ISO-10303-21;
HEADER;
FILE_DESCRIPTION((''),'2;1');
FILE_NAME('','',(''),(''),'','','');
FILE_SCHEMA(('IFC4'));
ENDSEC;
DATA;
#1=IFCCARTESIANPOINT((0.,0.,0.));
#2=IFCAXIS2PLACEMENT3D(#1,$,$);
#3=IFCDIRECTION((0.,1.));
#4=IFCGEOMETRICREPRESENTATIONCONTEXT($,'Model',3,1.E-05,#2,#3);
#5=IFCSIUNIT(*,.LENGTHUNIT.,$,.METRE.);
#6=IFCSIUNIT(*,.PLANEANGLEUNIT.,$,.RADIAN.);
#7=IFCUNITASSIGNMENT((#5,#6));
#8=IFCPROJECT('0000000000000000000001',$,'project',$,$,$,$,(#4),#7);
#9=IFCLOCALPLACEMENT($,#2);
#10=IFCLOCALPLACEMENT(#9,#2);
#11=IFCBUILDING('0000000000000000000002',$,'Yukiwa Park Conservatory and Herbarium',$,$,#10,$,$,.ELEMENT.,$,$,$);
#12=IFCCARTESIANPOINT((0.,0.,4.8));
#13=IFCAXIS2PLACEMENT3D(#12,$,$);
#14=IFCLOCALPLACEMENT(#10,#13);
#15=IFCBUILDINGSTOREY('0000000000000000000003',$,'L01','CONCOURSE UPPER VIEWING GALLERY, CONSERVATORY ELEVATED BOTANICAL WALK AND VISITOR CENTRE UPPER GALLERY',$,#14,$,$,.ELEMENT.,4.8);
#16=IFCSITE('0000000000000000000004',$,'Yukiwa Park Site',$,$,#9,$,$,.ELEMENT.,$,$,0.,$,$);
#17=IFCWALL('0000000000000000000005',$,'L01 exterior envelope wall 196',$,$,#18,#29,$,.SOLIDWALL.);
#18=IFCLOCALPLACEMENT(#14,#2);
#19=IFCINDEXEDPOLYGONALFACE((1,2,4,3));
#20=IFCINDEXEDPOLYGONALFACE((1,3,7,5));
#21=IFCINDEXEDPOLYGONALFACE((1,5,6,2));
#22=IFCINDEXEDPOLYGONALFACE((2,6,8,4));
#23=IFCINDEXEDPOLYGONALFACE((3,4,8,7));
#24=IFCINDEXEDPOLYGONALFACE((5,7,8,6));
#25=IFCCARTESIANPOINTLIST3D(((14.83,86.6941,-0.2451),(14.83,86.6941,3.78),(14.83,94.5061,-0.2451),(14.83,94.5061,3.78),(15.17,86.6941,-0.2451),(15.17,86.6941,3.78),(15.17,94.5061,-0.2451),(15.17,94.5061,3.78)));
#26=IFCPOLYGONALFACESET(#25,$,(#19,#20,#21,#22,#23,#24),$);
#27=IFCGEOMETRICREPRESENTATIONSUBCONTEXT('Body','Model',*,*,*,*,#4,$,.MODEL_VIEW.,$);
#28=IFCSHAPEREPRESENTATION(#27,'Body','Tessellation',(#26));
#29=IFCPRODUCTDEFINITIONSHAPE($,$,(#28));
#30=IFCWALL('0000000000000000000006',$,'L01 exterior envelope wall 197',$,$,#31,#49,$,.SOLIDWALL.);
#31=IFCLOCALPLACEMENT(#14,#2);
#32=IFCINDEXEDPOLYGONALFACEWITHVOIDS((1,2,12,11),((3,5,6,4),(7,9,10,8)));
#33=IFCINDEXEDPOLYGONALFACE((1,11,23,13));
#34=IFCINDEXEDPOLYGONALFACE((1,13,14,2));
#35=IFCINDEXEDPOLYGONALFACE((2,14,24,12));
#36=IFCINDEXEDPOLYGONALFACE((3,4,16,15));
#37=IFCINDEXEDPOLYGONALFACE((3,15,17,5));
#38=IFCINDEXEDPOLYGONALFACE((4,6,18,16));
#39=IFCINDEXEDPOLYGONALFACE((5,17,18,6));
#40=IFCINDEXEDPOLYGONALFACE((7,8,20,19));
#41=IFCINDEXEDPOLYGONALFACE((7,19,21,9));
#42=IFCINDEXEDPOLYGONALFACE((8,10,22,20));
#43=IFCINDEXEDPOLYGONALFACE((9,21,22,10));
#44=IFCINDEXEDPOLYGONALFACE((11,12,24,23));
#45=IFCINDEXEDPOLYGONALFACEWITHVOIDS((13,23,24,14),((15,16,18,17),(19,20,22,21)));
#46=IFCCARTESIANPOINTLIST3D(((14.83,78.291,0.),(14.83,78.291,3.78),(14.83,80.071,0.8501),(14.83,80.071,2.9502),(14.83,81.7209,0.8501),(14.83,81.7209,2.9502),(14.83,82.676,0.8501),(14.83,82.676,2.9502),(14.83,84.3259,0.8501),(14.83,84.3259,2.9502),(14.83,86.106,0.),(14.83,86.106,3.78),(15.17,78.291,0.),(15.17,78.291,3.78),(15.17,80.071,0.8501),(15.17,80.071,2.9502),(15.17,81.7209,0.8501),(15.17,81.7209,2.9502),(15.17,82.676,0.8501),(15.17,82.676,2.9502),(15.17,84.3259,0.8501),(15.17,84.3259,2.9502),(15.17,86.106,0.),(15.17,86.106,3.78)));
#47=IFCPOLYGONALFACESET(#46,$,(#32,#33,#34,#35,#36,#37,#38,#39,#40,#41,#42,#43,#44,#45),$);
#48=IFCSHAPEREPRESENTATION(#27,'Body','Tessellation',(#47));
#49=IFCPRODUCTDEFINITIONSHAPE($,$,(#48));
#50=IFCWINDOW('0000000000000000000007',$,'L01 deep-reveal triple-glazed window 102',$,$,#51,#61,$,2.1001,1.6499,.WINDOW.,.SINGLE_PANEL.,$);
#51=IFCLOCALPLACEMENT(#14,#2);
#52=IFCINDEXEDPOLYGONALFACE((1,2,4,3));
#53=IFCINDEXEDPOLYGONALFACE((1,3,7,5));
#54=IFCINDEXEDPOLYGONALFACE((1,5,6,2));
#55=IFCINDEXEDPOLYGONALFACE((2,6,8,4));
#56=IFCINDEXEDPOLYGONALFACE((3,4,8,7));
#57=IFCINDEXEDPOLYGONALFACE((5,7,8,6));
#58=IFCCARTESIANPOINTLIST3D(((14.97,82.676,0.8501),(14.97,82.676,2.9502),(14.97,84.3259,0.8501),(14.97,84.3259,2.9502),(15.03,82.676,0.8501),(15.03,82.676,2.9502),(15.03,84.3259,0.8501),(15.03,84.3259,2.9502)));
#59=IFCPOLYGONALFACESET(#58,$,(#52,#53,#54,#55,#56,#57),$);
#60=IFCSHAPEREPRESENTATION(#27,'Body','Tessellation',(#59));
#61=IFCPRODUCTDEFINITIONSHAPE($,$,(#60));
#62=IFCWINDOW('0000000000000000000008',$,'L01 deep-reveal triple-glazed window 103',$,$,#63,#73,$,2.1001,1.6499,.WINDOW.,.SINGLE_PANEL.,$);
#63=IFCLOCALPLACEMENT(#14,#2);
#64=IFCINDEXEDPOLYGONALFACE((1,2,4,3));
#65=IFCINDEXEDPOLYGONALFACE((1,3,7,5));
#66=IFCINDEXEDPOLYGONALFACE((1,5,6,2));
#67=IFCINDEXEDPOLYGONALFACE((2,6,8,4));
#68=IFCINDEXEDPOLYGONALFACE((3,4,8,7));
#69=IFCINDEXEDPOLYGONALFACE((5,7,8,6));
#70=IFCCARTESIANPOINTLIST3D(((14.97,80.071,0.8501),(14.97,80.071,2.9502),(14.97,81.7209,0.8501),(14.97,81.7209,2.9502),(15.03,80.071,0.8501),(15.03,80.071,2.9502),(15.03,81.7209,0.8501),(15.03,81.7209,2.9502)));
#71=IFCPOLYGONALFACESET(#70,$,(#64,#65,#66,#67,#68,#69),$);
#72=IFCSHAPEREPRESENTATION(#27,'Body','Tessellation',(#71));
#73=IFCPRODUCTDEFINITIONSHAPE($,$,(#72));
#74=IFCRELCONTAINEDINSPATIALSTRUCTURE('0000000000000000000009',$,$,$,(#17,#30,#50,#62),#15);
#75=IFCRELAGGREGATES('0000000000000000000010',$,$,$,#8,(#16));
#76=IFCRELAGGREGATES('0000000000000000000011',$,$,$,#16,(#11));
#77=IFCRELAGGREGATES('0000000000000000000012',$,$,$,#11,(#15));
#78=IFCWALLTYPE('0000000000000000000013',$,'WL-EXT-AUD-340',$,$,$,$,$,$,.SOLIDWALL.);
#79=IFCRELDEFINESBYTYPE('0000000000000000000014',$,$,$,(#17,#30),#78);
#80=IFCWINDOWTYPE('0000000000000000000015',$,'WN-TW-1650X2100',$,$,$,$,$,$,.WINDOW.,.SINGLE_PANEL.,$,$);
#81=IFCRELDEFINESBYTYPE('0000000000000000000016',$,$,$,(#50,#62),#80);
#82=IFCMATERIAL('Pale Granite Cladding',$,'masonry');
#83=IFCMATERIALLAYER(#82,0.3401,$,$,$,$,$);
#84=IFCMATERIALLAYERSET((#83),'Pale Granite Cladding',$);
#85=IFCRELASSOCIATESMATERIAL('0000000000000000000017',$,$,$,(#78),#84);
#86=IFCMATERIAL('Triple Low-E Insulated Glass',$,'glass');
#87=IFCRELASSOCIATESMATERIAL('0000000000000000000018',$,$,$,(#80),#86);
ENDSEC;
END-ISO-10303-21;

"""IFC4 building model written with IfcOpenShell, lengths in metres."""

from ifc_helpers import new_model, si_unit, direction, frame, frame_2d, origin, place, context, subcontext, project, spatial, rectangle, extrude, material, layer, layer_set, type_object, element, fill, save


model = new_model("IFC4")

# Units and contexts
model_context = context("Model", 3, precision=1e-05, world=origin(), true_north=direction((0.0, 1.0)))
body_context = subcontext(model_context, "Body", "Model", "MODEL_VIEW")
ifc_project = project(units=[si_unit("LENGTHUNIT", "METRE"), si_unit("PLANEANGLEUNIT", "RADIAN")], contexts=[model_context])

# Site, building, storey
site_placement = place(None, origin())
site = spatial("IfcSite", under=ifc_project, at=site_placement, Name="Yukiwa Park Site", CompositionType="ELEMENT", RefElevation=0.0)
building_placement = place(site_placement, origin())
building = spatial("IfcBuilding", under=site, at=building_placement, Name="Yukiwa Park Conservatory and Herbarium", CompositionType="ELEMENT")
storey_placement = place(building_placement, frame((0.0, 0.0, 4.8)))
storey = spatial("IfcBuildingStorey", under=building, at=storey_placement, Name="L01", Description="CONCOURSE UPPER VIEWING GALLERY, CONSERVATORY ELEVATED BOTANICAL WALK AND VISITOR CENTRE UPPER GALLERY", CompositionType="ELEMENT", Elevation=4.8)

# Wall
ifc_material_1 = material(Name="Pale Granite Cladding", Category="masonry")
ifc_layer_1 = layer(ifc_material_1, 0.3401)
ifc_layer_set_1 = layer_set([ifc_layer_1], Name="Pale Granite Cladding")
wall_type_1 = type_object("IfcWallType", Name="WL-EXT-AUD-340", PredefinedType="SOLIDWALL", material=ifc_layer_set_1)
wall_1_placement = place(storey_placement, frame((15.0, 94.5061, -0.2451), z_axis=(0.0, 0.0, 1.0), x_axis=(0.0, -1.0, 0.0)))
element("IfcWall", 1, at=wall_1_placement, inside=storey, type_object=wall_type_1, Name="L01 exterior envelope wall 196", PredefinedType="SOLIDWALL", context=body_context, shape_type="SweptSolid", body=[
    extrude(rectangle(XDim=7.812, YDim=0.3401, at=frame_2d((3.906, 0.0))), origin(), (0.0, 0.0, 1.0), 4.0251),
])

# Wall, openings, windows
wall_2_placement = place(storey_placement, frame((15.0, 86.106, 0.0), z_axis=(0.0, 0.0, 1.0), x_axis=(0.0, -1.0, 0.0)))
wall_2 = element("IfcWall", 2, at=wall_2_placement, inside=storey, type_object=wall_type_1, Name="L01 exterior envelope wall 197", PredefinedType="SOLIDWALL", context=body_context, shape_type="SweptSolid", body=[
    extrude(rectangle(XDim=7.8149, YDim=0.3401, at=frame_2d((3.9075, 0.0))), origin(), (0.0, 0.0, 1.0), 3.78),
])
opening_1_placement = place(wall_2_placement, frame((1.78, 0.0, 0.8501)))
opening_1 = element("IfcOpeningElement", 3, at=opening_1_placement, cuts=wall_2, PredefinedType="OPENING", context=body_context, shape_type="SweptSolid", body=[
    extrude(rectangle(XDim=1.6499, YDim=2.1001, at=frame_2d((0.825, 1.05))), frame((0.0, 0.1802, 0.0), z_axis=(0.0, -1.0, 0.0), x_axis=(1.0, 0.0, 0.0)), (0.0, 0.0, 1.0), 0.3601),
])
opening_2_placement = place(wall_2_placement, frame((4.385, 0.0, 0.8501)))
opening_2 = element("IfcOpeningElement", 4, at=opening_2_placement, cuts=wall_2, PredefinedType="OPENING", context=body_context, shape_type="SweptSolid", body=[
    extrude(rectangle(XDim=1.6499, YDim=2.1001, at=frame_2d((0.825, 1.05))), frame((0.0, 0.1802, 0.0), z_axis=(0.0, -1.0, 0.0), x_axis=(1.0, 0.0, 0.0)), (0.0, 0.0, 1.0), 0.3601),
])
ifc_material_2 = material(Name="Triple Low-E Insulated Glass", Category="glass")
window_type = type_object("IfcWindowType", Name="WN-TW-1650X2100", PartitioningType="SINGLE_PANEL", PredefinedType="WINDOW", material=ifc_material_2)
window_1_placement = place(opening_1_placement, origin())
window_1 = element("IfcWindow", 5, at=window_1_placement, inside=storey, type_object=window_type, Name="L01 deep-reveal triple-glazed window 102", OverallHeight=2.1001, OverallWidth=1.6499, PartitioningType="SINGLE_PANEL", PredefinedType="WINDOW", context=body_context, shape_type="SweptSolid", body=[
    extrude(rectangle(XDim=1.6499, YDim=2.1001, at=frame_2d((0.825, 1.05))), frame((0.0, 0.03, 0.0), z_axis=(0.0, -1.0, 0.0), x_axis=(1.0, 0.0, 0.0)), (0.0, 0.0, 1.0), 0.0601),
])
fill(opening_1, window_1)
window_2_placement = place(opening_2_placement, origin())
window_2 = element("IfcWindow", 6, at=window_2_placement, inside=storey, type_object=window_type, Name="L01 deep-reveal triple-glazed window 103", OverallHeight=2.1001, OverallWidth=1.6499, PartitioningType="SINGLE_PANEL", PredefinedType="WINDOW", context=body_context, shape_type="SweptSolid", body=[
    extrude(rectangle(XDim=1.6499, YDim=2.1001, at=frame_2d((0.825, 1.05))), frame((0.0, 0.03, 0.0), z_axis=(0.0, -1.0, 0.0), x_axis=(1.0, 0.0, 0.0)), (0.0, 0.0, 1.0), 0.0601),
])
fill(opening_2, window_2)

save(model, "model.ifc")
